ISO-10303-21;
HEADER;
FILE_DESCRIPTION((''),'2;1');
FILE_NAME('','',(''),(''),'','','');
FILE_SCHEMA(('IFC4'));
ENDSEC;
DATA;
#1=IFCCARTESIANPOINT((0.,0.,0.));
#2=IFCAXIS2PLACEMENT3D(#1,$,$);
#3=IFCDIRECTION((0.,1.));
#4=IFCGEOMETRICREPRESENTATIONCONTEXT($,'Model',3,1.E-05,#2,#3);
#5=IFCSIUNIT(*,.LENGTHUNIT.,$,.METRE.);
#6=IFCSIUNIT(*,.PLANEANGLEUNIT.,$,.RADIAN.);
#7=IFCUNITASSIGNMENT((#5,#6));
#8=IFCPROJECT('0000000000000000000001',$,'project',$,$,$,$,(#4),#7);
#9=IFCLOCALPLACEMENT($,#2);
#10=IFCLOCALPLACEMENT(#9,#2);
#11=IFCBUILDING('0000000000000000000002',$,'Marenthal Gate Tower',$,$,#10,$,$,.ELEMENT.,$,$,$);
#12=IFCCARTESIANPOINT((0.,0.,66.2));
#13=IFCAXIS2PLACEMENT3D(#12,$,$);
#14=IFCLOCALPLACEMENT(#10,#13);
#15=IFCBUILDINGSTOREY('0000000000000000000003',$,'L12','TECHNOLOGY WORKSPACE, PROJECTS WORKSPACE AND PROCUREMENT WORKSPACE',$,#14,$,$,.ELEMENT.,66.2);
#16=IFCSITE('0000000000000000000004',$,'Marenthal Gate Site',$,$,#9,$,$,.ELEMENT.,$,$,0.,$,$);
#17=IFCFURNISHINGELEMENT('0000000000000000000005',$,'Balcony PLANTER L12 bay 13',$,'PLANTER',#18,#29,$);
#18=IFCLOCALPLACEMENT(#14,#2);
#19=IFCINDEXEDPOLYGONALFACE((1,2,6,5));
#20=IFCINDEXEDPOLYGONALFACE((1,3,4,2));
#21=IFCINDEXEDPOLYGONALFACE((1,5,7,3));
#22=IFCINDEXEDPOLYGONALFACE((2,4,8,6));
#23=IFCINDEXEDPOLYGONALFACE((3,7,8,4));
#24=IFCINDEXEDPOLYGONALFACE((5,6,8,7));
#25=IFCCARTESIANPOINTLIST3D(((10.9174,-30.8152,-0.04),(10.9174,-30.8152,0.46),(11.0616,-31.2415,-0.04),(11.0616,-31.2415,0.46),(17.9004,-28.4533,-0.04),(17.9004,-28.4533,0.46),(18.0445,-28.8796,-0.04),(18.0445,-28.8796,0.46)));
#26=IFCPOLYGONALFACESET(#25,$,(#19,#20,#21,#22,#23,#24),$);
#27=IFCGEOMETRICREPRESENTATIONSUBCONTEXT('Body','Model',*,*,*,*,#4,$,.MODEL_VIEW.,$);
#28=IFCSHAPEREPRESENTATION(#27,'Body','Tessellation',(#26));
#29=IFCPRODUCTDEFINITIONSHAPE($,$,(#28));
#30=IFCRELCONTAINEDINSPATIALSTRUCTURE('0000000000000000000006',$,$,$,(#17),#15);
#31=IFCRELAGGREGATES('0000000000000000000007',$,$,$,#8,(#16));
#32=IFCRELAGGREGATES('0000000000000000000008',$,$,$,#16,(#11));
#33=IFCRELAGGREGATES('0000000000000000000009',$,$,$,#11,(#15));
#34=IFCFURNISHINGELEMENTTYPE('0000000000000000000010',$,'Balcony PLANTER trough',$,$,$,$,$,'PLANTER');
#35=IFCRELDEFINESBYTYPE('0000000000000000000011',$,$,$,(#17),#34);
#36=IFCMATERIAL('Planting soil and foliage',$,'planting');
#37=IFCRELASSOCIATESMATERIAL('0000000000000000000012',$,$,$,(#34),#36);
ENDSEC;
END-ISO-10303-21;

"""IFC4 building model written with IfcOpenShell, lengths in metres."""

from ifc_helpers import new_model, si_unit, direction, frame, origin, origin_2d, place, context, subcontext, project, spatial, rectangle, extrude, material, type_object, element, save


model = new_model("IFC4")

# Units and contexts
model_context = context("Model", 3, precision=1e-05, world=origin(), true_north=direction((0.0, 1.0)))
body_context = subcontext(model_context, "Body", "Model", "MODEL_VIEW")
ifc_project = project(units=[si_unit("LENGTHUNIT", "METRE"), si_unit("PLANEANGLEUNIT", "RADIAN")], contexts=[model_context])

# Site, building, storey
site_placement = place(None, origin())
site = spatial("IfcSite", under=ifc_project, at=site_placement, Name="Marenthal Gate Site", CompositionType="ELEMENT", RefElevation=0.0)
building_placement = place(site_placement, origin())
building = spatial("IfcBuilding", under=site, at=building_placement, Name="Marenthal Gate Tower", CompositionType="ELEMENT")
storey_placement = place(building_placement, frame((0.0, 0.0, 66.2)))
storey = spatial("IfcBuildingStorey", under=building, at=storey_placement, Name="L12", Description="TECHNOLOGY WORKSPACE, PROJECTS WORKSPACE AND PROCUREMENT WORKSPACE", CompositionType="ELEMENT", Elevation=66.2)

# Furnishing element
ifc_material_1 = material(Name="Planting soil and foliage", Category="planting")
furnishing_element_type = type_object("IfcFurnishingElementType", Name="Balcony PLANTER trough", ElementType="PLANTER", material=ifc_material_1)
furnishing_placement = place(storey_placement, frame((14.481, -29.8474, -0.04), z_axis=(0.0, 0.0, 1.0), x_axis=(0.94728, 0.320406, 0.0)))
element("IfcFurnishingElement", 1, at=furnishing_placement, inside=storey, type_object=furnishing_element_type, Name="Balcony PLANTER L12 bay 13", ObjectType="PLANTER", context=body_context, shape_type="SweptSolid", body=[
    extrude(rectangle(XDim=7.3716, YDim=0.45, at=origin_2d()), origin(), (0.0, 0.0, 1.0), 0.5),
])

save(model, "model.ifc")
